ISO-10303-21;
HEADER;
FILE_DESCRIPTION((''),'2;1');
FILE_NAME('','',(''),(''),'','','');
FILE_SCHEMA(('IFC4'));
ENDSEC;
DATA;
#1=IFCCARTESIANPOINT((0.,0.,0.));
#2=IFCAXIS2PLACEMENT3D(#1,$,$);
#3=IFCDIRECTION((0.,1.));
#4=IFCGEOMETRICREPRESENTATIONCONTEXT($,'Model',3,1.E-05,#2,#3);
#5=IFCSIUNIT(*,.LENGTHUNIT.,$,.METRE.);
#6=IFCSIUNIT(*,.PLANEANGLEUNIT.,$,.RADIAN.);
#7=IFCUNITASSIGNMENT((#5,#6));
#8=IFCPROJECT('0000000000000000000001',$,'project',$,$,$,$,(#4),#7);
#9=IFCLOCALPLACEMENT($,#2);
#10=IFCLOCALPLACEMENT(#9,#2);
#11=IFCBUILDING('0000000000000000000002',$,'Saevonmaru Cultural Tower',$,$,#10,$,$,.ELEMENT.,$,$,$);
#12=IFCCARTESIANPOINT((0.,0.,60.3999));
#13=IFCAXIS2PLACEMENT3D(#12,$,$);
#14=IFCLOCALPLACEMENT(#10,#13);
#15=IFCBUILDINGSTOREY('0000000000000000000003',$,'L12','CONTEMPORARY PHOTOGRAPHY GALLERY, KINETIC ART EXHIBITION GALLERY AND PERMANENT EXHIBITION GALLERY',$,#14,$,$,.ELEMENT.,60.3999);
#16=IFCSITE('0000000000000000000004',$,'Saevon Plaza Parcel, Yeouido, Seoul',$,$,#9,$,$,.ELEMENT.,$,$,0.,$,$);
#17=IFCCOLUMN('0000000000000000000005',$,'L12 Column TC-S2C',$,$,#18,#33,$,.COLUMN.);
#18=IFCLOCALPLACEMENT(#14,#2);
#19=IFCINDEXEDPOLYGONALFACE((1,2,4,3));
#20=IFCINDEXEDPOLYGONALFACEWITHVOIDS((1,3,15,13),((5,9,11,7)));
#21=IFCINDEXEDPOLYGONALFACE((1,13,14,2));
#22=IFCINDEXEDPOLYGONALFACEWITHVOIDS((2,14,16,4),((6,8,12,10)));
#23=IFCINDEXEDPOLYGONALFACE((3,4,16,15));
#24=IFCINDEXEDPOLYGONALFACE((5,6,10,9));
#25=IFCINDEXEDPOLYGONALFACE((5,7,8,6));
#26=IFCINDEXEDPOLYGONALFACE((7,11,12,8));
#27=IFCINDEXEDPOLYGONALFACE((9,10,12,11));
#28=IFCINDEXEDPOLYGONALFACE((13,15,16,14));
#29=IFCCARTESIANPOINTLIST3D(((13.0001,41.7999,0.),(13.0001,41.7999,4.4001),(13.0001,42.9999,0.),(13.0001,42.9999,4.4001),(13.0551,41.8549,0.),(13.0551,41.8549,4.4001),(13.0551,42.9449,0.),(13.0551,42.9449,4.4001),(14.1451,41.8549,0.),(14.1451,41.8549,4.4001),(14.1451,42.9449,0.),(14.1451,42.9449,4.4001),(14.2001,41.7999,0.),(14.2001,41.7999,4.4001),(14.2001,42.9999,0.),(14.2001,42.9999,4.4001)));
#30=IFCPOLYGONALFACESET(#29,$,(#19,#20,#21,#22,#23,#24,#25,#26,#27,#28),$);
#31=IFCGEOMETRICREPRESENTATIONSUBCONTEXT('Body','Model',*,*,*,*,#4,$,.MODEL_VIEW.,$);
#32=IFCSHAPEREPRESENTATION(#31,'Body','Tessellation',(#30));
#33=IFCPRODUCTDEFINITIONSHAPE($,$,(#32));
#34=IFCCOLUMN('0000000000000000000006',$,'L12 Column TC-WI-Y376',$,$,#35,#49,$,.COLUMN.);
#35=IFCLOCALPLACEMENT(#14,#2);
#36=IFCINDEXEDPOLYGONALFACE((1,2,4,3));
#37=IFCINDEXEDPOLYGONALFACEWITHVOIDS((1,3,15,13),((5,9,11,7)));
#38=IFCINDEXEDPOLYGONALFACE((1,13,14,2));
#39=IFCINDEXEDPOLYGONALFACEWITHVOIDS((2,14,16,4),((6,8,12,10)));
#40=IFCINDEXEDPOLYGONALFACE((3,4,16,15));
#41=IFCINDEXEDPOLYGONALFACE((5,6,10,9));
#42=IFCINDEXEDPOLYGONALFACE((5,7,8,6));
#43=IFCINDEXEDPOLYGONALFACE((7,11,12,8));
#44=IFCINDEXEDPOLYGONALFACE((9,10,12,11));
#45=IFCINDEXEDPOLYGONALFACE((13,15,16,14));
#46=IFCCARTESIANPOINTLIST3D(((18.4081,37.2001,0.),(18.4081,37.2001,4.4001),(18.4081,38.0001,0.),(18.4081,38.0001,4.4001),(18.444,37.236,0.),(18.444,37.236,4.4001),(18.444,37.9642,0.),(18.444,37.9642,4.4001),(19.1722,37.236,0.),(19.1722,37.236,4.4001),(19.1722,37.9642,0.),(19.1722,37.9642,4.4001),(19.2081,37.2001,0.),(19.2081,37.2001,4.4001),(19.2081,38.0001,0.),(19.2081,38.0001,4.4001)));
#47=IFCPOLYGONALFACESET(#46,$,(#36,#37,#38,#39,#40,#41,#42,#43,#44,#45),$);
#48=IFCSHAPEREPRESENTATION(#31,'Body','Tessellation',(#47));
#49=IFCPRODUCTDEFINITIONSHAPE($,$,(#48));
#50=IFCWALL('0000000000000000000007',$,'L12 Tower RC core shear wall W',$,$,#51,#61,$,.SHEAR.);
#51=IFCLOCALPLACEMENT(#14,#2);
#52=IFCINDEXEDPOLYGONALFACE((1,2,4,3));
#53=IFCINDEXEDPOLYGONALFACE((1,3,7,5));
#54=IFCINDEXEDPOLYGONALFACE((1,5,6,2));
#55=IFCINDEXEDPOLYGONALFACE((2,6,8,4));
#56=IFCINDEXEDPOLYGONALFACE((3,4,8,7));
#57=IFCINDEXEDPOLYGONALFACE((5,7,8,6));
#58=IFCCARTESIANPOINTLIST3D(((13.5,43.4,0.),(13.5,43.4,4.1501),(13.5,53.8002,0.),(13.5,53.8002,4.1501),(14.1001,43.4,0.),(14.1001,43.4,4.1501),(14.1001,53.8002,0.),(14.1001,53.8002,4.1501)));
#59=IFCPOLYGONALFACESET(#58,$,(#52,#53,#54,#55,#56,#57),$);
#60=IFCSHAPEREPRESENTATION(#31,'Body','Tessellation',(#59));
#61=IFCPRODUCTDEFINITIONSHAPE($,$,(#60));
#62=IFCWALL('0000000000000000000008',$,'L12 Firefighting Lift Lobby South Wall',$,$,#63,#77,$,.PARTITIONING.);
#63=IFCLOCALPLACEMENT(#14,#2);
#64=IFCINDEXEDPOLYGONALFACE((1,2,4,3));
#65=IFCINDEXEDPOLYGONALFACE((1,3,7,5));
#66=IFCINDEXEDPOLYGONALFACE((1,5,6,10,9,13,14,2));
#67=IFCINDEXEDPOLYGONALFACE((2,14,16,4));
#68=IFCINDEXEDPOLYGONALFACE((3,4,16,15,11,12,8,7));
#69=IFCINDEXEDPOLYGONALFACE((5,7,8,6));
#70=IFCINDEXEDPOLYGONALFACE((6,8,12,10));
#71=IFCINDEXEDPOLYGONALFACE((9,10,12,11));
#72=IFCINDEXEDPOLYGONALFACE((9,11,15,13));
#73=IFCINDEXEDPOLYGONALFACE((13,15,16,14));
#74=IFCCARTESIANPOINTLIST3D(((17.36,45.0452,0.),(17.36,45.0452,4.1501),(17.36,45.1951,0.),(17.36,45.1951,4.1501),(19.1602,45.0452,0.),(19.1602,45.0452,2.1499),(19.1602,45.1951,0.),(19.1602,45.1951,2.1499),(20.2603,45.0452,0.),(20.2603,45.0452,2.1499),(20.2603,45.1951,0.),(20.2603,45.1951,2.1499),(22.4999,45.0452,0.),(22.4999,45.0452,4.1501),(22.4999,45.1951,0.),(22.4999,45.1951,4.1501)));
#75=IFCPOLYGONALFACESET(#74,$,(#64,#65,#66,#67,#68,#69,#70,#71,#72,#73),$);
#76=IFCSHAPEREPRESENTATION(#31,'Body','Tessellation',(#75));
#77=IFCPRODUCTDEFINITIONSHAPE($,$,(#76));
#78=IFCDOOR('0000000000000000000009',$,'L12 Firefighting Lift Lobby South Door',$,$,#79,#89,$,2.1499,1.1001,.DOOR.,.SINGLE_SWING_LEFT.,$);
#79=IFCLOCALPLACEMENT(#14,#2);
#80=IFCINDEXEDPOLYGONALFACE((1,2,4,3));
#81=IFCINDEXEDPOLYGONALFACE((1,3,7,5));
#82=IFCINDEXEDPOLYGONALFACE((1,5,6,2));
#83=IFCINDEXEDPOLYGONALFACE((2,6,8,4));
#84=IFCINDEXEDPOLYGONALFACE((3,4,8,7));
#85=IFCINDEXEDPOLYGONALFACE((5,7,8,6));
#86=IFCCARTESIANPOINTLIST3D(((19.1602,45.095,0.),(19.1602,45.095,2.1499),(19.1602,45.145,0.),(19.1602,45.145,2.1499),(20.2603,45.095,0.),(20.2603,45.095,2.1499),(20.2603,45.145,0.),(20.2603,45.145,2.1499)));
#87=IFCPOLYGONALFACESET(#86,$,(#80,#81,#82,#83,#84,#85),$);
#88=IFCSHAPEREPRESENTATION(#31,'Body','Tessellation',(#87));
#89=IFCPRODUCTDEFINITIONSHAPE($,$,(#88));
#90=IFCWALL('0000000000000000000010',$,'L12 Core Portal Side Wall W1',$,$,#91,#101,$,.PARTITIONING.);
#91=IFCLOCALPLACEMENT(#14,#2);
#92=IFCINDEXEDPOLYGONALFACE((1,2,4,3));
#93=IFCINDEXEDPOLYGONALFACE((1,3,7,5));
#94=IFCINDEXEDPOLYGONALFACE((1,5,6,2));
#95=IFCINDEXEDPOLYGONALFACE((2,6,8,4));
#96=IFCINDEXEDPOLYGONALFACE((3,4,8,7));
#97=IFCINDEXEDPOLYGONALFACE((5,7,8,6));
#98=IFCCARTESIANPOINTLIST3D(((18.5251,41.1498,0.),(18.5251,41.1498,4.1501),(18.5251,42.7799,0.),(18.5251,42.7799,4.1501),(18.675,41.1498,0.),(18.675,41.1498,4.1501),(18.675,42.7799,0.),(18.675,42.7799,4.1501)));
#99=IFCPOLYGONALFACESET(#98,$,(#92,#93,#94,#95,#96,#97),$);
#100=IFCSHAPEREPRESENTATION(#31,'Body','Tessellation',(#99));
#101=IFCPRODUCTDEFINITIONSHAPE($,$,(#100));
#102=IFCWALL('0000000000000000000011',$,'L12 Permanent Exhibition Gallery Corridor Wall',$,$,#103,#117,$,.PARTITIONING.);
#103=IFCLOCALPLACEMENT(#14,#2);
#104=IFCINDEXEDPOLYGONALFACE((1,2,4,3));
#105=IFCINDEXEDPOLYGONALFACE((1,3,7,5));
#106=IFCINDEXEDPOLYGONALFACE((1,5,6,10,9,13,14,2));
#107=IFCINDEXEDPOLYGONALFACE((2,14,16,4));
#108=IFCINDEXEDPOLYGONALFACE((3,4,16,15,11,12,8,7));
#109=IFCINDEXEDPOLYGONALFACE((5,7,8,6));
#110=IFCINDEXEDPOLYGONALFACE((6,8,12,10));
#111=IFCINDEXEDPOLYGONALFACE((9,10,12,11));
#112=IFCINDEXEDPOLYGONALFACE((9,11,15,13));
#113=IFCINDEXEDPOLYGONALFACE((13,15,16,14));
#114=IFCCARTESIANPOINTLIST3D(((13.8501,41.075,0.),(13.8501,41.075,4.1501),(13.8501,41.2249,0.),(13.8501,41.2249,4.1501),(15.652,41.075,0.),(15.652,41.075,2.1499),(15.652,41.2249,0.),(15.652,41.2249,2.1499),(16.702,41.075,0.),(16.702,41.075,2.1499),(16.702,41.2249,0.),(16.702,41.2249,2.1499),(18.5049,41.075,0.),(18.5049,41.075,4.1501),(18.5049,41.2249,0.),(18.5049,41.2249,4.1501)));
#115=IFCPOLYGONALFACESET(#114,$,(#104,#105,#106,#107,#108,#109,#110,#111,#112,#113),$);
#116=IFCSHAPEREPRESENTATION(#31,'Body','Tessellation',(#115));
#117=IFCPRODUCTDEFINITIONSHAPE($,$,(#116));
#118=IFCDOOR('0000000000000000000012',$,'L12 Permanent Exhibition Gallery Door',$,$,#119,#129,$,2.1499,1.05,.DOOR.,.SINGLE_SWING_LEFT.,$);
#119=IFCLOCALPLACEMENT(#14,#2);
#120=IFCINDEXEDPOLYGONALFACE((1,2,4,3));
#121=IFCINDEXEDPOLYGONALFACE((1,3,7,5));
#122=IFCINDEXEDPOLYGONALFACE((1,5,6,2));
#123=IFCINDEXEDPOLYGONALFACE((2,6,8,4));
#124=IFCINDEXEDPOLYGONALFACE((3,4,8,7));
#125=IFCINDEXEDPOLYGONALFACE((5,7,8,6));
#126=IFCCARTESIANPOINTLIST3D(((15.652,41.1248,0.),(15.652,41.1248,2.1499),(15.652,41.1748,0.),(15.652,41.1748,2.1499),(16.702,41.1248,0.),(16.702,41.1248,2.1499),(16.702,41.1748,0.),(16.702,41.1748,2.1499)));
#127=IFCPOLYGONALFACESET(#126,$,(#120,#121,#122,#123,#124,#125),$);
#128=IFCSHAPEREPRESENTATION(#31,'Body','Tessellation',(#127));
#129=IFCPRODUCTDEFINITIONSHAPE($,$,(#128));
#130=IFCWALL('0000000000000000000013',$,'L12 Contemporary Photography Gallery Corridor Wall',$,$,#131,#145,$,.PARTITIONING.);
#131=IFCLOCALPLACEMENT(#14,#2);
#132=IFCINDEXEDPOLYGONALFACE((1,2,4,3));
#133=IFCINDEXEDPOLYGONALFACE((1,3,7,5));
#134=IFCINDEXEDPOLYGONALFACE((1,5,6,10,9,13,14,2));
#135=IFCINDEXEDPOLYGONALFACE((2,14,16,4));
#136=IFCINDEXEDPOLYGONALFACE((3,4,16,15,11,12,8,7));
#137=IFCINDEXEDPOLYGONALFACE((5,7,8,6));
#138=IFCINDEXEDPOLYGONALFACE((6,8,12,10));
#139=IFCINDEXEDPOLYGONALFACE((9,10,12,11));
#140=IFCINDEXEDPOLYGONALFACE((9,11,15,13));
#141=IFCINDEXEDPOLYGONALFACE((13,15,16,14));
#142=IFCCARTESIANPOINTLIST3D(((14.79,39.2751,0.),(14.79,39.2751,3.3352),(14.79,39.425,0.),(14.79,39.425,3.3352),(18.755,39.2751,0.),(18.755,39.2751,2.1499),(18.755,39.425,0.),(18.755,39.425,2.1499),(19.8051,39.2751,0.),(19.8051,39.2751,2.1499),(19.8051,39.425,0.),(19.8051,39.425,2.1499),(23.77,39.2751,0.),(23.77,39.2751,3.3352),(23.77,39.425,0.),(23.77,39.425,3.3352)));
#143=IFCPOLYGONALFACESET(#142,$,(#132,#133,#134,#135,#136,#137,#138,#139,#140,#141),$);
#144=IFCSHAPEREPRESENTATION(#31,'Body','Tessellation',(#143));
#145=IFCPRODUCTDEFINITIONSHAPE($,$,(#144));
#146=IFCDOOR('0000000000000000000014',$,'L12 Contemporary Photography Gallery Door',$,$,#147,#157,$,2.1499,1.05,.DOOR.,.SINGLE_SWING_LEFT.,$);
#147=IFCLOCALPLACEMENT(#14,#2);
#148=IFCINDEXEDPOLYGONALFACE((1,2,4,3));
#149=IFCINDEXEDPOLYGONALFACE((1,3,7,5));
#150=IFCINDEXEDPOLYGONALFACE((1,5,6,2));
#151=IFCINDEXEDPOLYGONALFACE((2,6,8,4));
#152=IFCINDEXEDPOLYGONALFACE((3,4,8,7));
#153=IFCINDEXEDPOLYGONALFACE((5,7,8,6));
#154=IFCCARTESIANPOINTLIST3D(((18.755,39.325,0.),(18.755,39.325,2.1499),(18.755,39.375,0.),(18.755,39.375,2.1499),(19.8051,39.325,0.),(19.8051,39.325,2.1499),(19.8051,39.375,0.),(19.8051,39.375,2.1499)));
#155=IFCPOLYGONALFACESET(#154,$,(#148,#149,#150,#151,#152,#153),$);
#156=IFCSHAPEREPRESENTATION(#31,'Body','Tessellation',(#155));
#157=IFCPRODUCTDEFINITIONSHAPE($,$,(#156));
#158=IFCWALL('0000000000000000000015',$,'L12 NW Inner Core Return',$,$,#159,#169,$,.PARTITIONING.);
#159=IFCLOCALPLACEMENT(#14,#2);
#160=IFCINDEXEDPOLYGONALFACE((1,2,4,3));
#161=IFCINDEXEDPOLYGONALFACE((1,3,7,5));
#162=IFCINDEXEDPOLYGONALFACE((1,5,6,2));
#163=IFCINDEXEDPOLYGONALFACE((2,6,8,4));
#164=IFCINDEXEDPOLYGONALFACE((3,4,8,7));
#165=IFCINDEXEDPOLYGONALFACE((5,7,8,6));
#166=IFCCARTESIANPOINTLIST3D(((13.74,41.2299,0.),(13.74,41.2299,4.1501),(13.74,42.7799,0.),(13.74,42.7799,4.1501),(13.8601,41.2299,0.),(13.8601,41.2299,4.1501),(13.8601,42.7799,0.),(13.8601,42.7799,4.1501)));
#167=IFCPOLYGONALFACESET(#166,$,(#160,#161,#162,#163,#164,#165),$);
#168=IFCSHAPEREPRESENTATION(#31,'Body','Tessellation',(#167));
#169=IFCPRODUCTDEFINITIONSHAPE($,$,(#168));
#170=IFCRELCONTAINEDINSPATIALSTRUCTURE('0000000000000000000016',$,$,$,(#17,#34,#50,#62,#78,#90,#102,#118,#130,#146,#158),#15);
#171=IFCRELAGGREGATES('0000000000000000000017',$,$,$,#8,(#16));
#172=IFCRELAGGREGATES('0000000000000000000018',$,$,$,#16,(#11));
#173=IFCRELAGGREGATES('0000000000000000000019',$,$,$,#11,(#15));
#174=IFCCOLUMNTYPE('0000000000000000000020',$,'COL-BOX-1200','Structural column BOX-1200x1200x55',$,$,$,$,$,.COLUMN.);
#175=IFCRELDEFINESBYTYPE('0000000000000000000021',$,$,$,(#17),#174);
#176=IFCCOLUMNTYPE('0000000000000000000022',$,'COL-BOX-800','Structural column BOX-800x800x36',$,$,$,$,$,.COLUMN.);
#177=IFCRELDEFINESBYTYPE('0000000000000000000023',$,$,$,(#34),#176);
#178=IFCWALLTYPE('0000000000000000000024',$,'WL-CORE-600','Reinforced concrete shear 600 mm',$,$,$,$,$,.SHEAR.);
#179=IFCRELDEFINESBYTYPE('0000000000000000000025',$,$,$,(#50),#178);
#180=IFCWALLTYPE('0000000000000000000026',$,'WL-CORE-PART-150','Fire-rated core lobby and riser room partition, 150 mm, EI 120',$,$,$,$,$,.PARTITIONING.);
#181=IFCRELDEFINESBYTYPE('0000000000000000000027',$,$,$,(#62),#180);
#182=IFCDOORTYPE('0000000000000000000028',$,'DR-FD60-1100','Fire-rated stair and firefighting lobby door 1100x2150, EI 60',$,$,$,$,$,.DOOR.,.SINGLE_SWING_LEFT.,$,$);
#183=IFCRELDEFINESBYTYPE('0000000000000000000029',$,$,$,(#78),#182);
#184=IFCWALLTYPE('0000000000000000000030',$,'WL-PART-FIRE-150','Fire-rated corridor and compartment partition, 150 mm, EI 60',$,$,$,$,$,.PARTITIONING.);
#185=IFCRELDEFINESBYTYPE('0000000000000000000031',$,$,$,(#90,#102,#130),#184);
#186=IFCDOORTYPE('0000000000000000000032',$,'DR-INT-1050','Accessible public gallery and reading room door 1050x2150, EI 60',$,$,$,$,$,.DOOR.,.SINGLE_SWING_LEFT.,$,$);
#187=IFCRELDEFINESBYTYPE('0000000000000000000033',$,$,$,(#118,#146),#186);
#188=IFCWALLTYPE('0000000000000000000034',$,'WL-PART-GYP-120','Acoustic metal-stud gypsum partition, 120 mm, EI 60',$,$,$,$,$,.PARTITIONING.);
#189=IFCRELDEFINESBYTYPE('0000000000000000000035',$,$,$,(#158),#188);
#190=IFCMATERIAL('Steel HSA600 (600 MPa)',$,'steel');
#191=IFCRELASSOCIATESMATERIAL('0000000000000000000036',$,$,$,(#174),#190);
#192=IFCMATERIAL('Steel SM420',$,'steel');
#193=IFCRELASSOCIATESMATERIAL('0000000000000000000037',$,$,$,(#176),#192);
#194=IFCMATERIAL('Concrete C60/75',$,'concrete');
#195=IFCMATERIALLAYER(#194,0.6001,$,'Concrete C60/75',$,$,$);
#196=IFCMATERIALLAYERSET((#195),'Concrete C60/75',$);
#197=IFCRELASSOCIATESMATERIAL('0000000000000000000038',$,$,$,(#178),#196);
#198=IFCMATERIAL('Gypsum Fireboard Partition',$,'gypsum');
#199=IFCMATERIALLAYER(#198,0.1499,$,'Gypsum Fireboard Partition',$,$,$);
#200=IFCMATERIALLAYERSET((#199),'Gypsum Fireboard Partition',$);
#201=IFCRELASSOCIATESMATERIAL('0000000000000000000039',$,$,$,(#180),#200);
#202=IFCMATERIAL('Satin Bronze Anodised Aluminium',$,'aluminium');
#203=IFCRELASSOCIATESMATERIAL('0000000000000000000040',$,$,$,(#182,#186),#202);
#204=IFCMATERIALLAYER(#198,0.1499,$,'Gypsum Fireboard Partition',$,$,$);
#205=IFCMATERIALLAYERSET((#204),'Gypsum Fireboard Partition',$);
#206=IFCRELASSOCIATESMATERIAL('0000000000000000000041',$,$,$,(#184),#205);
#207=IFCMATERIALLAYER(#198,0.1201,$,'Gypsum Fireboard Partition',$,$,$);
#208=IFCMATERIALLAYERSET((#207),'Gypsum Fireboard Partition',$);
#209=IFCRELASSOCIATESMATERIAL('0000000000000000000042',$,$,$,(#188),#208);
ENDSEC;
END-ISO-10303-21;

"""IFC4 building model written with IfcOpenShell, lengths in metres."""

from ifc_helpers import new_model, si_unit, direction, frame, frame_2d, origin, origin_2d, place, context, subcontext, project, spatial, rectangle, hollow_rectangle, extrude, material, layer, layer_set, material_profile, profile_set, type_object, element, fill, save


model = new_model("IFC4")

# Units and contexts
model_context = context("Model", 3, precision=1e-05, world=origin(), true_north=direction((0.0, 1.0)))
body_context = subcontext(model_context, "Body", "Model", "MODEL_VIEW")
ifc_project = project(units=[si_unit("LENGTHUNIT", "METRE"), si_unit("PLANEANGLEUNIT", "RADIAN")], contexts=[model_context])

# Site, building, storey
site_placement = place(None, origin())
site = spatial("IfcSite", under=ifc_project, at=site_placement, Name="Saevon Plaza Parcel, Yeouido, Seoul", CompositionType="ELEMENT", RefElevation=0.0)
building_placement = place(site_placement, origin())
building = spatial("IfcBuilding", under=site, at=building_placement, Name="Saevonmaru Cultural Tower", CompositionType="ELEMENT")
storey_placement = place(building_placement, frame((0.0, 0.0, 60.3999)))
storey = spatial("IfcBuildingStorey", under=building, at=storey_placement, Name="L12", Description="CONTEMPORARY PHOTOGRAPHY GALLERY, KINETIC ART EXHIBITION GALLERY AND PERMANENT EXHIBITION GALLERY", CompositionType="ELEMENT", Elevation=60.3999)

# Columns
ifc_material_1 = material(Name="Steel HSA600 (600 MPa)", Category="steel")
ifc_material_profile_1 = material_profile(ifc_material_1, hollow_rectangle(XDim=1.2, YDim=1.2, WallThickness=0.0549, at=origin_2d()), Name="BOX-1200x1200x55")
ifc_profile_set_1 = profile_set([ifc_material_profile_1], Name="Steel HSA600 (600 MPa)")
column_type_1 = type_object("IfcColumnType", Name="COL-BOX-1200", Description="Structural column BOX-1200x1200x55", PredefinedType="COLUMN", material=ifc_profile_set_1)
column_1_placement = place(storey_placement, frame((13.6001, 42.3999, 0.0), z_axis=(0.0, 0.0, 1.0), x_axis=(1.0, 0.0, 0.0)))
element("IfcColumn", 1, at=column_1_placement, inside=storey, type_object=column_type_1, Name="L12 Column TC-S2C", PredefinedType="COLUMN", context=body_context, shape_type="SweptSolid", body=[
    extrude(hollow_rectangle(XDim=1.2, YDim=1.2, WallThickness=0.0549, at=origin_2d()), origin(), (0.0, 0.0, 1.0), 4.4001),
])
ifc_material_2 = material(Name="Steel SM420", Category="steel")
ifc_material_profile_2 = material_profile(ifc_material_2, hollow_rectangle(XDim=0.8, YDim=0.8, WallThickness=0.0359, at=origin_2d()), Name="BOX-800x800x36")
ifc_profile_set_2 = profile_set([ifc_material_profile_2], Name="Steel SM420")
column_type_2 = type_object("IfcColumnType", Name="COL-BOX-800", Description="Structural column BOX-800x800x36", PredefinedType="COLUMN", material=ifc_profile_set_2)
column_2_placement = place(storey_placement, frame((18.8081, 37.6001, 0.0), z_axis=(0.0, 0.0, 1.0), x_axis=(1.0, 0.0, 0.0)))
element("IfcColumn", 2, at=column_2_placement, inside=storey, type_object=column_type_2, Name="L12 Column TC-WI-Y376", PredefinedType="COLUMN", context=body_context, shape_type="SweptSolid", body=[
    extrude(hollow_rectangle(XDim=0.8, YDim=0.8, WallThickness=0.0359, at=origin_2d()), origin(), (0.0, 0.0, 1.0), 4.4001),
])

# Wall
ifc_material_3 = material(Name="Concrete C60/75", Category="concrete")
ifc_layer_1 = layer(ifc_material_3, 0.6001, Name="Concrete C60/75")
ifc_layer_set_1 = layer_set([ifc_layer_1], Name="Concrete C60/75")
wall_type_1 = type_object("IfcWallType", Name="WL-CORE-600", Description="Reinforced concrete shear 600 mm", PredefinedType="SHEAR", material=ifc_layer_set_1)
wall_1_placement = place(storey_placement, frame((13.8, 43.3999, 0.0), z_axis=(0.0, 0.0, 1.0), x_axis=(0.0, 1.0, 0.0)))
element("IfcWall", 3, at=wall_1_placement, inside=storey, type_object=wall_type_1, Name="L12 Tower RC core shear wall W", PredefinedType="SHEAR", context=body_context, shape_type="SweptSolid", body=[
    extrude(rectangle(XDim=10.4001, YDim=0.6001, at=frame_2d((5.2002, 0.0))), origin(), (0.0, 0.0, 1.0), 4.1501),
])

# Wall, opening, door
ifc_material_4 = material(Name="Gypsum Fireboard Partition", Category="gypsum")
ifc_layer_2 = layer(ifc_material_4, 0.1499, Name="Gypsum Fireboard Partition")
ifc_layer_set_2 = layer_set([ifc_layer_2], Name="Gypsum Fireboard Partition")
wall_type_2 = type_object("IfcWallType", Name="WL-CORE-PART-150", Description="Fire-rated core lobby and riser room partition, 150 mm, EI 120", PredefinedType="PARTITIONING", material=ifc_layer_set_2)
wall_2_placement = place(storey_placement, frame((17.3601, 45.1201, 0.0), z_axis=(0.0, 0.0, 1.0), x_axis=(1.0, 0.0, 0.0)))
wall_2 = element("IfcWall", 4, at=wall_2_placement, inside=storey, type_object=wall_type_2, Name="L12 Firefighting Lift Lobby South Wall", PredefinedType="PARTITIONING", context=body_context, shape_type="SweptSolid", body=[
    extrude(rectangle(XDim=5.1399, YDim=0.1499, at=frame_2d((2.5698, 0.0))), origin(), (0.0, 0.0, 1.0), 4.1501),
])
opening_1_placement = place(wall_2_placement, frame((1.8, 0.0, 0.0)))
opening_1 = element("IfcOpeningElement", 5, at=opening_1_placement, cuts=wall_2, PredefinedType="OPENING", context=body_context, shape_type="SweptSolid", body=[
    extrude(rectangle(XDim=1.1001, YDim=2.1499, at=frame_2d((0.55, 1.075))), frame((0.0, 0.085, 0.0), z_axis=(0.0, -1.0, 0.0), x_axis=(1.0, 0.0, 0.0)), (0.0, 0.0, 1.0), 0.1699),
])
ifc_material_5 = material(Name="Satin Bronze Anodised Aluminium", Category="aluminium")
door_type_1 = type_object("IfcDoorType", Name="DR-FD60-1100", Description="Fire-rated stair and firefighting lobby door 1100x2150, EI 60", OperationType="SINGLE_SWING_LEFT", PredefinedType="DOOR", material=ifc_material_5)
door_1_placement = place(opening_1_placement, origin())
door_1 = element("IfcDoor", 6, at=door_1_placement, inside=storey, type_object=door_type_1, Name="L12 Firefighting Lift Lobby South Door", OperationType="SINGLE_SWING_LEFT", OverallHeight=2.1499, OverallWidth=1.1001, PredefinedType="DOOR", context=body_context, shape_type="SweptSolid", body=[
    extrude(rectangle(XDim=1.1001, YDim=2.1499, at=frame_2d((0.55, 1.075))), frame((0.0, 0.0249, 0.0), z_axis=(0.0, -1.0, 0.0), x_axis=(1.0, 0.0, 0.0)), (0.0, 0.0, 1.0), 0.05),
])
fill(opening_1, door_1)

# Wall
ifc_layer_3 = layer(ifc_material_4, 0.1499, Name="Gypsum Fireboard Partition")
ifc_layer_set_3 = layer_set([ifc_layer_3], Name="Gypsum Fireboard Partition")
wall_type_3 = type_object("IfcWallType", Name="WL-PART-FIRE-150", Description="Fire-rated corridor and compartment partition, 150 mm, EI 60", PredefinedType="PARTITIONING", material=ifc_layer_set_3)
wall_3_placement = place(storey_placement, frame((18.6001, 41.1499, 0.0), z_axis=(0.0, 0.0, 1.0), x_axis=(0.0, 1.0, 0.0)))
element("IfcWall", 7, at=wall_3_placement, inside=storey, type_object=wall_type_3, Name="L12 Core Portal Side Wall W1", PredefinedType="PARTITIONING", context=body_context, shape_type="SweptSolid", body=[
    extrude(rectangle(XDim=1.6301, YDim=0.1499, at=frame_2d((0.8149, 0.0))), origin(), (0.0, 0.0, 1.0), 4.1501),
])

# Walls, openings, doors
wall_4_placement = place(storey_placement, frame((13.8501, 41.1499, 0.0), z_axis=(0.0, 0.0, 1.0), x_axis=(1.0, 0.0, 0.0)))
wall_4 = element("IfcWall", 8, at=wall_4_placement, inside=storey, type_object=wall_type_3, Name="L12 Permanent Exhibition Gallery Corridor Wall", PredefinedType="PARTITIONING", context=body_context, shape_type="SweptSolid", body=[
    extrude(rectangle(XDim=4.6548, YDim=0.1499, at=frame_2d((2.3274, 0.0))), origin(), (0.0, 0.0, 1.0), 4.1501),
])
opening_2_placement = place(wall_4_placement, frame((1.802, 0.0, 0.0)))
opening_2 = element("IfcOpeningElement", 9, at=opening_2_placement, cuts=wall_4, PredefinedType="OPENING", context=body_context, shape_type="SweptSolid", body=[
    extrude(rectangle(XDim=1.05, YDim=2.1499, at=frame_2d((0.5249, 1.075))), frame((0.0, 0.085, 0.0), z_axis=(0.0, -1.0, 0.0), x_axis=(1.0, 0.0, 0.0)), (0.0, 0.0, 1.0), 0.1699),
])
door_type_2 = type_object("IfcDoorType", Name="DR-INT-1050", Description="Accessible public gallery and reading room door 1050x2150, EI 60", OperationType="SINGLE_SWING_LEFT", PredefinedType="DOOR", material=ifc_material_5)
door_2_placement = place(opening_2_placement, origin())
door_2 = element("IfcDoor", 10, at=door_2_placement, inside=storey, type_object=door_type_2, Name="L12 Permanent Exhibition Gallery Door", OperationType="SINGLE_SWING_LEFT", OverallHeight=2.1499, OverallWidth=1.05, PredefinedType="DOOR", context=body_context, shape_type="SweptSolid", body=[
    extrude(rectangle(XDim=1.05, YDim=2.1499, at=frame_2d((0.5249, 1.075))), frame((0.0, 0.0249, 0.0), z_axis=(0.0, -1.0, 0.0), x_axis=(1.0, 0.0, 0.0)), (0.0, 0.0, 1.0), 0.05),
])
fill(opening_2, door_2)
wall_5_placement = place(storey_placement, frame((14.79, 39.3501, 0.0), z_axis=(0.0, 0.0, 1.0), x_axis=(1.0, 0.0, 0.0)))
wall_5 = element("IfcWall", 11, at=wall_5_placement, inside=storey, type_object=wall_type_3, Name="L12 Contemporary Photography Gallery Corridor Wall", PredefinedType="PARTITIONING", context=body_context, shape_type="SweptSolid", body=[
    extrude(rectangle(XDim=8.98, YDim=0.1499, at=frame_2d((4.49, 0.0))), origin(), (0.0, 0.0, 1.0), 3.3352),
])
opening_3_placement = place(wall_5_placement, frame((3.9651, 0.0, 0.0)))
opening_3 = element("IfcOpeningElement", 12, at=opening_3_placement, cuts=wall_5, PredefinedType="OPENING", context=body_context, shape_type="SweptSolid", body=[
    extrude(rectangle(XDim=1.05, YDim=2.1499, at=frame_2d((0.5249, 1.075))), frame((0.0, 0.085, 0.0), z_axis=(0.0, -1.0, 0.0), x_axis=(1.0, 0.0, 0.0)), (0.0, 0.0, 1.0), 0.1699),
])
door_3_placement = place(opening_3_placement, origin())
door_3 = element("IfcDoor", 13, at=door_3_placement, inside=storey, type_object=door_type_2, Name="L12 Contemporary Photography Gallery Door", OperationType="SINGLE_SWING_LEFT", OverallHeight=2.1499, OverallWidth=1.05, PredefinedType="DOOR", context=body_context, shape_type="SweptSolid", body=[
    extrude(rectangle(XDim=1.05, YDim=2.1499, at=frame_2d((0.5249, 1.075))), frame((0.0, 0.0249, 0.0), z_axis=(0.0, -1.0, 0.0), x_axis=(1.0, 0.0, 0.0)), (0.0, 0.0, 1.0), 0.05),
])
fill(opening_3, door_3)

# Wall
ifc_layer_4 = layer(ifc_material_4, 0.1201, Name="Gypsum Fireboard Partition")
ifc_layer_set_4 = layer_set([ifc_layer_4], Name="Gypsum Fireboard Partition")
wall_type_4 = type_object("IfcWallType", Name="WL-PART-GYP-120", Description="Acoustic metal-stud gypsum partition, 120 mm, EI 60", PredefinedType="PARTITIONING", material=ifc_layer_set_4)
wall_6_placement = place(storey_placement, frame((13.8, 41.23, 0.0), z_axis=(0.0, 0.0, 1.0), x_axis=(0.0, 1.0, 0.0)))
element("IfcWall", 14, at=wall_6_placement, inside=storey, type_object=wall_type_4, Name="L12 NW Inner Core Return", PredefinedType="PARTITIONING", context=body_context, shape_type="SweptSolid", body=[
    extrude(rectangle(XDim=1.55, YDim=0.1201, at=frame_2d((0.7749, 0.0))), origin(), (0.0, 0.0, 1.0), 4.1501),
])

save(model, "model.ifc")
